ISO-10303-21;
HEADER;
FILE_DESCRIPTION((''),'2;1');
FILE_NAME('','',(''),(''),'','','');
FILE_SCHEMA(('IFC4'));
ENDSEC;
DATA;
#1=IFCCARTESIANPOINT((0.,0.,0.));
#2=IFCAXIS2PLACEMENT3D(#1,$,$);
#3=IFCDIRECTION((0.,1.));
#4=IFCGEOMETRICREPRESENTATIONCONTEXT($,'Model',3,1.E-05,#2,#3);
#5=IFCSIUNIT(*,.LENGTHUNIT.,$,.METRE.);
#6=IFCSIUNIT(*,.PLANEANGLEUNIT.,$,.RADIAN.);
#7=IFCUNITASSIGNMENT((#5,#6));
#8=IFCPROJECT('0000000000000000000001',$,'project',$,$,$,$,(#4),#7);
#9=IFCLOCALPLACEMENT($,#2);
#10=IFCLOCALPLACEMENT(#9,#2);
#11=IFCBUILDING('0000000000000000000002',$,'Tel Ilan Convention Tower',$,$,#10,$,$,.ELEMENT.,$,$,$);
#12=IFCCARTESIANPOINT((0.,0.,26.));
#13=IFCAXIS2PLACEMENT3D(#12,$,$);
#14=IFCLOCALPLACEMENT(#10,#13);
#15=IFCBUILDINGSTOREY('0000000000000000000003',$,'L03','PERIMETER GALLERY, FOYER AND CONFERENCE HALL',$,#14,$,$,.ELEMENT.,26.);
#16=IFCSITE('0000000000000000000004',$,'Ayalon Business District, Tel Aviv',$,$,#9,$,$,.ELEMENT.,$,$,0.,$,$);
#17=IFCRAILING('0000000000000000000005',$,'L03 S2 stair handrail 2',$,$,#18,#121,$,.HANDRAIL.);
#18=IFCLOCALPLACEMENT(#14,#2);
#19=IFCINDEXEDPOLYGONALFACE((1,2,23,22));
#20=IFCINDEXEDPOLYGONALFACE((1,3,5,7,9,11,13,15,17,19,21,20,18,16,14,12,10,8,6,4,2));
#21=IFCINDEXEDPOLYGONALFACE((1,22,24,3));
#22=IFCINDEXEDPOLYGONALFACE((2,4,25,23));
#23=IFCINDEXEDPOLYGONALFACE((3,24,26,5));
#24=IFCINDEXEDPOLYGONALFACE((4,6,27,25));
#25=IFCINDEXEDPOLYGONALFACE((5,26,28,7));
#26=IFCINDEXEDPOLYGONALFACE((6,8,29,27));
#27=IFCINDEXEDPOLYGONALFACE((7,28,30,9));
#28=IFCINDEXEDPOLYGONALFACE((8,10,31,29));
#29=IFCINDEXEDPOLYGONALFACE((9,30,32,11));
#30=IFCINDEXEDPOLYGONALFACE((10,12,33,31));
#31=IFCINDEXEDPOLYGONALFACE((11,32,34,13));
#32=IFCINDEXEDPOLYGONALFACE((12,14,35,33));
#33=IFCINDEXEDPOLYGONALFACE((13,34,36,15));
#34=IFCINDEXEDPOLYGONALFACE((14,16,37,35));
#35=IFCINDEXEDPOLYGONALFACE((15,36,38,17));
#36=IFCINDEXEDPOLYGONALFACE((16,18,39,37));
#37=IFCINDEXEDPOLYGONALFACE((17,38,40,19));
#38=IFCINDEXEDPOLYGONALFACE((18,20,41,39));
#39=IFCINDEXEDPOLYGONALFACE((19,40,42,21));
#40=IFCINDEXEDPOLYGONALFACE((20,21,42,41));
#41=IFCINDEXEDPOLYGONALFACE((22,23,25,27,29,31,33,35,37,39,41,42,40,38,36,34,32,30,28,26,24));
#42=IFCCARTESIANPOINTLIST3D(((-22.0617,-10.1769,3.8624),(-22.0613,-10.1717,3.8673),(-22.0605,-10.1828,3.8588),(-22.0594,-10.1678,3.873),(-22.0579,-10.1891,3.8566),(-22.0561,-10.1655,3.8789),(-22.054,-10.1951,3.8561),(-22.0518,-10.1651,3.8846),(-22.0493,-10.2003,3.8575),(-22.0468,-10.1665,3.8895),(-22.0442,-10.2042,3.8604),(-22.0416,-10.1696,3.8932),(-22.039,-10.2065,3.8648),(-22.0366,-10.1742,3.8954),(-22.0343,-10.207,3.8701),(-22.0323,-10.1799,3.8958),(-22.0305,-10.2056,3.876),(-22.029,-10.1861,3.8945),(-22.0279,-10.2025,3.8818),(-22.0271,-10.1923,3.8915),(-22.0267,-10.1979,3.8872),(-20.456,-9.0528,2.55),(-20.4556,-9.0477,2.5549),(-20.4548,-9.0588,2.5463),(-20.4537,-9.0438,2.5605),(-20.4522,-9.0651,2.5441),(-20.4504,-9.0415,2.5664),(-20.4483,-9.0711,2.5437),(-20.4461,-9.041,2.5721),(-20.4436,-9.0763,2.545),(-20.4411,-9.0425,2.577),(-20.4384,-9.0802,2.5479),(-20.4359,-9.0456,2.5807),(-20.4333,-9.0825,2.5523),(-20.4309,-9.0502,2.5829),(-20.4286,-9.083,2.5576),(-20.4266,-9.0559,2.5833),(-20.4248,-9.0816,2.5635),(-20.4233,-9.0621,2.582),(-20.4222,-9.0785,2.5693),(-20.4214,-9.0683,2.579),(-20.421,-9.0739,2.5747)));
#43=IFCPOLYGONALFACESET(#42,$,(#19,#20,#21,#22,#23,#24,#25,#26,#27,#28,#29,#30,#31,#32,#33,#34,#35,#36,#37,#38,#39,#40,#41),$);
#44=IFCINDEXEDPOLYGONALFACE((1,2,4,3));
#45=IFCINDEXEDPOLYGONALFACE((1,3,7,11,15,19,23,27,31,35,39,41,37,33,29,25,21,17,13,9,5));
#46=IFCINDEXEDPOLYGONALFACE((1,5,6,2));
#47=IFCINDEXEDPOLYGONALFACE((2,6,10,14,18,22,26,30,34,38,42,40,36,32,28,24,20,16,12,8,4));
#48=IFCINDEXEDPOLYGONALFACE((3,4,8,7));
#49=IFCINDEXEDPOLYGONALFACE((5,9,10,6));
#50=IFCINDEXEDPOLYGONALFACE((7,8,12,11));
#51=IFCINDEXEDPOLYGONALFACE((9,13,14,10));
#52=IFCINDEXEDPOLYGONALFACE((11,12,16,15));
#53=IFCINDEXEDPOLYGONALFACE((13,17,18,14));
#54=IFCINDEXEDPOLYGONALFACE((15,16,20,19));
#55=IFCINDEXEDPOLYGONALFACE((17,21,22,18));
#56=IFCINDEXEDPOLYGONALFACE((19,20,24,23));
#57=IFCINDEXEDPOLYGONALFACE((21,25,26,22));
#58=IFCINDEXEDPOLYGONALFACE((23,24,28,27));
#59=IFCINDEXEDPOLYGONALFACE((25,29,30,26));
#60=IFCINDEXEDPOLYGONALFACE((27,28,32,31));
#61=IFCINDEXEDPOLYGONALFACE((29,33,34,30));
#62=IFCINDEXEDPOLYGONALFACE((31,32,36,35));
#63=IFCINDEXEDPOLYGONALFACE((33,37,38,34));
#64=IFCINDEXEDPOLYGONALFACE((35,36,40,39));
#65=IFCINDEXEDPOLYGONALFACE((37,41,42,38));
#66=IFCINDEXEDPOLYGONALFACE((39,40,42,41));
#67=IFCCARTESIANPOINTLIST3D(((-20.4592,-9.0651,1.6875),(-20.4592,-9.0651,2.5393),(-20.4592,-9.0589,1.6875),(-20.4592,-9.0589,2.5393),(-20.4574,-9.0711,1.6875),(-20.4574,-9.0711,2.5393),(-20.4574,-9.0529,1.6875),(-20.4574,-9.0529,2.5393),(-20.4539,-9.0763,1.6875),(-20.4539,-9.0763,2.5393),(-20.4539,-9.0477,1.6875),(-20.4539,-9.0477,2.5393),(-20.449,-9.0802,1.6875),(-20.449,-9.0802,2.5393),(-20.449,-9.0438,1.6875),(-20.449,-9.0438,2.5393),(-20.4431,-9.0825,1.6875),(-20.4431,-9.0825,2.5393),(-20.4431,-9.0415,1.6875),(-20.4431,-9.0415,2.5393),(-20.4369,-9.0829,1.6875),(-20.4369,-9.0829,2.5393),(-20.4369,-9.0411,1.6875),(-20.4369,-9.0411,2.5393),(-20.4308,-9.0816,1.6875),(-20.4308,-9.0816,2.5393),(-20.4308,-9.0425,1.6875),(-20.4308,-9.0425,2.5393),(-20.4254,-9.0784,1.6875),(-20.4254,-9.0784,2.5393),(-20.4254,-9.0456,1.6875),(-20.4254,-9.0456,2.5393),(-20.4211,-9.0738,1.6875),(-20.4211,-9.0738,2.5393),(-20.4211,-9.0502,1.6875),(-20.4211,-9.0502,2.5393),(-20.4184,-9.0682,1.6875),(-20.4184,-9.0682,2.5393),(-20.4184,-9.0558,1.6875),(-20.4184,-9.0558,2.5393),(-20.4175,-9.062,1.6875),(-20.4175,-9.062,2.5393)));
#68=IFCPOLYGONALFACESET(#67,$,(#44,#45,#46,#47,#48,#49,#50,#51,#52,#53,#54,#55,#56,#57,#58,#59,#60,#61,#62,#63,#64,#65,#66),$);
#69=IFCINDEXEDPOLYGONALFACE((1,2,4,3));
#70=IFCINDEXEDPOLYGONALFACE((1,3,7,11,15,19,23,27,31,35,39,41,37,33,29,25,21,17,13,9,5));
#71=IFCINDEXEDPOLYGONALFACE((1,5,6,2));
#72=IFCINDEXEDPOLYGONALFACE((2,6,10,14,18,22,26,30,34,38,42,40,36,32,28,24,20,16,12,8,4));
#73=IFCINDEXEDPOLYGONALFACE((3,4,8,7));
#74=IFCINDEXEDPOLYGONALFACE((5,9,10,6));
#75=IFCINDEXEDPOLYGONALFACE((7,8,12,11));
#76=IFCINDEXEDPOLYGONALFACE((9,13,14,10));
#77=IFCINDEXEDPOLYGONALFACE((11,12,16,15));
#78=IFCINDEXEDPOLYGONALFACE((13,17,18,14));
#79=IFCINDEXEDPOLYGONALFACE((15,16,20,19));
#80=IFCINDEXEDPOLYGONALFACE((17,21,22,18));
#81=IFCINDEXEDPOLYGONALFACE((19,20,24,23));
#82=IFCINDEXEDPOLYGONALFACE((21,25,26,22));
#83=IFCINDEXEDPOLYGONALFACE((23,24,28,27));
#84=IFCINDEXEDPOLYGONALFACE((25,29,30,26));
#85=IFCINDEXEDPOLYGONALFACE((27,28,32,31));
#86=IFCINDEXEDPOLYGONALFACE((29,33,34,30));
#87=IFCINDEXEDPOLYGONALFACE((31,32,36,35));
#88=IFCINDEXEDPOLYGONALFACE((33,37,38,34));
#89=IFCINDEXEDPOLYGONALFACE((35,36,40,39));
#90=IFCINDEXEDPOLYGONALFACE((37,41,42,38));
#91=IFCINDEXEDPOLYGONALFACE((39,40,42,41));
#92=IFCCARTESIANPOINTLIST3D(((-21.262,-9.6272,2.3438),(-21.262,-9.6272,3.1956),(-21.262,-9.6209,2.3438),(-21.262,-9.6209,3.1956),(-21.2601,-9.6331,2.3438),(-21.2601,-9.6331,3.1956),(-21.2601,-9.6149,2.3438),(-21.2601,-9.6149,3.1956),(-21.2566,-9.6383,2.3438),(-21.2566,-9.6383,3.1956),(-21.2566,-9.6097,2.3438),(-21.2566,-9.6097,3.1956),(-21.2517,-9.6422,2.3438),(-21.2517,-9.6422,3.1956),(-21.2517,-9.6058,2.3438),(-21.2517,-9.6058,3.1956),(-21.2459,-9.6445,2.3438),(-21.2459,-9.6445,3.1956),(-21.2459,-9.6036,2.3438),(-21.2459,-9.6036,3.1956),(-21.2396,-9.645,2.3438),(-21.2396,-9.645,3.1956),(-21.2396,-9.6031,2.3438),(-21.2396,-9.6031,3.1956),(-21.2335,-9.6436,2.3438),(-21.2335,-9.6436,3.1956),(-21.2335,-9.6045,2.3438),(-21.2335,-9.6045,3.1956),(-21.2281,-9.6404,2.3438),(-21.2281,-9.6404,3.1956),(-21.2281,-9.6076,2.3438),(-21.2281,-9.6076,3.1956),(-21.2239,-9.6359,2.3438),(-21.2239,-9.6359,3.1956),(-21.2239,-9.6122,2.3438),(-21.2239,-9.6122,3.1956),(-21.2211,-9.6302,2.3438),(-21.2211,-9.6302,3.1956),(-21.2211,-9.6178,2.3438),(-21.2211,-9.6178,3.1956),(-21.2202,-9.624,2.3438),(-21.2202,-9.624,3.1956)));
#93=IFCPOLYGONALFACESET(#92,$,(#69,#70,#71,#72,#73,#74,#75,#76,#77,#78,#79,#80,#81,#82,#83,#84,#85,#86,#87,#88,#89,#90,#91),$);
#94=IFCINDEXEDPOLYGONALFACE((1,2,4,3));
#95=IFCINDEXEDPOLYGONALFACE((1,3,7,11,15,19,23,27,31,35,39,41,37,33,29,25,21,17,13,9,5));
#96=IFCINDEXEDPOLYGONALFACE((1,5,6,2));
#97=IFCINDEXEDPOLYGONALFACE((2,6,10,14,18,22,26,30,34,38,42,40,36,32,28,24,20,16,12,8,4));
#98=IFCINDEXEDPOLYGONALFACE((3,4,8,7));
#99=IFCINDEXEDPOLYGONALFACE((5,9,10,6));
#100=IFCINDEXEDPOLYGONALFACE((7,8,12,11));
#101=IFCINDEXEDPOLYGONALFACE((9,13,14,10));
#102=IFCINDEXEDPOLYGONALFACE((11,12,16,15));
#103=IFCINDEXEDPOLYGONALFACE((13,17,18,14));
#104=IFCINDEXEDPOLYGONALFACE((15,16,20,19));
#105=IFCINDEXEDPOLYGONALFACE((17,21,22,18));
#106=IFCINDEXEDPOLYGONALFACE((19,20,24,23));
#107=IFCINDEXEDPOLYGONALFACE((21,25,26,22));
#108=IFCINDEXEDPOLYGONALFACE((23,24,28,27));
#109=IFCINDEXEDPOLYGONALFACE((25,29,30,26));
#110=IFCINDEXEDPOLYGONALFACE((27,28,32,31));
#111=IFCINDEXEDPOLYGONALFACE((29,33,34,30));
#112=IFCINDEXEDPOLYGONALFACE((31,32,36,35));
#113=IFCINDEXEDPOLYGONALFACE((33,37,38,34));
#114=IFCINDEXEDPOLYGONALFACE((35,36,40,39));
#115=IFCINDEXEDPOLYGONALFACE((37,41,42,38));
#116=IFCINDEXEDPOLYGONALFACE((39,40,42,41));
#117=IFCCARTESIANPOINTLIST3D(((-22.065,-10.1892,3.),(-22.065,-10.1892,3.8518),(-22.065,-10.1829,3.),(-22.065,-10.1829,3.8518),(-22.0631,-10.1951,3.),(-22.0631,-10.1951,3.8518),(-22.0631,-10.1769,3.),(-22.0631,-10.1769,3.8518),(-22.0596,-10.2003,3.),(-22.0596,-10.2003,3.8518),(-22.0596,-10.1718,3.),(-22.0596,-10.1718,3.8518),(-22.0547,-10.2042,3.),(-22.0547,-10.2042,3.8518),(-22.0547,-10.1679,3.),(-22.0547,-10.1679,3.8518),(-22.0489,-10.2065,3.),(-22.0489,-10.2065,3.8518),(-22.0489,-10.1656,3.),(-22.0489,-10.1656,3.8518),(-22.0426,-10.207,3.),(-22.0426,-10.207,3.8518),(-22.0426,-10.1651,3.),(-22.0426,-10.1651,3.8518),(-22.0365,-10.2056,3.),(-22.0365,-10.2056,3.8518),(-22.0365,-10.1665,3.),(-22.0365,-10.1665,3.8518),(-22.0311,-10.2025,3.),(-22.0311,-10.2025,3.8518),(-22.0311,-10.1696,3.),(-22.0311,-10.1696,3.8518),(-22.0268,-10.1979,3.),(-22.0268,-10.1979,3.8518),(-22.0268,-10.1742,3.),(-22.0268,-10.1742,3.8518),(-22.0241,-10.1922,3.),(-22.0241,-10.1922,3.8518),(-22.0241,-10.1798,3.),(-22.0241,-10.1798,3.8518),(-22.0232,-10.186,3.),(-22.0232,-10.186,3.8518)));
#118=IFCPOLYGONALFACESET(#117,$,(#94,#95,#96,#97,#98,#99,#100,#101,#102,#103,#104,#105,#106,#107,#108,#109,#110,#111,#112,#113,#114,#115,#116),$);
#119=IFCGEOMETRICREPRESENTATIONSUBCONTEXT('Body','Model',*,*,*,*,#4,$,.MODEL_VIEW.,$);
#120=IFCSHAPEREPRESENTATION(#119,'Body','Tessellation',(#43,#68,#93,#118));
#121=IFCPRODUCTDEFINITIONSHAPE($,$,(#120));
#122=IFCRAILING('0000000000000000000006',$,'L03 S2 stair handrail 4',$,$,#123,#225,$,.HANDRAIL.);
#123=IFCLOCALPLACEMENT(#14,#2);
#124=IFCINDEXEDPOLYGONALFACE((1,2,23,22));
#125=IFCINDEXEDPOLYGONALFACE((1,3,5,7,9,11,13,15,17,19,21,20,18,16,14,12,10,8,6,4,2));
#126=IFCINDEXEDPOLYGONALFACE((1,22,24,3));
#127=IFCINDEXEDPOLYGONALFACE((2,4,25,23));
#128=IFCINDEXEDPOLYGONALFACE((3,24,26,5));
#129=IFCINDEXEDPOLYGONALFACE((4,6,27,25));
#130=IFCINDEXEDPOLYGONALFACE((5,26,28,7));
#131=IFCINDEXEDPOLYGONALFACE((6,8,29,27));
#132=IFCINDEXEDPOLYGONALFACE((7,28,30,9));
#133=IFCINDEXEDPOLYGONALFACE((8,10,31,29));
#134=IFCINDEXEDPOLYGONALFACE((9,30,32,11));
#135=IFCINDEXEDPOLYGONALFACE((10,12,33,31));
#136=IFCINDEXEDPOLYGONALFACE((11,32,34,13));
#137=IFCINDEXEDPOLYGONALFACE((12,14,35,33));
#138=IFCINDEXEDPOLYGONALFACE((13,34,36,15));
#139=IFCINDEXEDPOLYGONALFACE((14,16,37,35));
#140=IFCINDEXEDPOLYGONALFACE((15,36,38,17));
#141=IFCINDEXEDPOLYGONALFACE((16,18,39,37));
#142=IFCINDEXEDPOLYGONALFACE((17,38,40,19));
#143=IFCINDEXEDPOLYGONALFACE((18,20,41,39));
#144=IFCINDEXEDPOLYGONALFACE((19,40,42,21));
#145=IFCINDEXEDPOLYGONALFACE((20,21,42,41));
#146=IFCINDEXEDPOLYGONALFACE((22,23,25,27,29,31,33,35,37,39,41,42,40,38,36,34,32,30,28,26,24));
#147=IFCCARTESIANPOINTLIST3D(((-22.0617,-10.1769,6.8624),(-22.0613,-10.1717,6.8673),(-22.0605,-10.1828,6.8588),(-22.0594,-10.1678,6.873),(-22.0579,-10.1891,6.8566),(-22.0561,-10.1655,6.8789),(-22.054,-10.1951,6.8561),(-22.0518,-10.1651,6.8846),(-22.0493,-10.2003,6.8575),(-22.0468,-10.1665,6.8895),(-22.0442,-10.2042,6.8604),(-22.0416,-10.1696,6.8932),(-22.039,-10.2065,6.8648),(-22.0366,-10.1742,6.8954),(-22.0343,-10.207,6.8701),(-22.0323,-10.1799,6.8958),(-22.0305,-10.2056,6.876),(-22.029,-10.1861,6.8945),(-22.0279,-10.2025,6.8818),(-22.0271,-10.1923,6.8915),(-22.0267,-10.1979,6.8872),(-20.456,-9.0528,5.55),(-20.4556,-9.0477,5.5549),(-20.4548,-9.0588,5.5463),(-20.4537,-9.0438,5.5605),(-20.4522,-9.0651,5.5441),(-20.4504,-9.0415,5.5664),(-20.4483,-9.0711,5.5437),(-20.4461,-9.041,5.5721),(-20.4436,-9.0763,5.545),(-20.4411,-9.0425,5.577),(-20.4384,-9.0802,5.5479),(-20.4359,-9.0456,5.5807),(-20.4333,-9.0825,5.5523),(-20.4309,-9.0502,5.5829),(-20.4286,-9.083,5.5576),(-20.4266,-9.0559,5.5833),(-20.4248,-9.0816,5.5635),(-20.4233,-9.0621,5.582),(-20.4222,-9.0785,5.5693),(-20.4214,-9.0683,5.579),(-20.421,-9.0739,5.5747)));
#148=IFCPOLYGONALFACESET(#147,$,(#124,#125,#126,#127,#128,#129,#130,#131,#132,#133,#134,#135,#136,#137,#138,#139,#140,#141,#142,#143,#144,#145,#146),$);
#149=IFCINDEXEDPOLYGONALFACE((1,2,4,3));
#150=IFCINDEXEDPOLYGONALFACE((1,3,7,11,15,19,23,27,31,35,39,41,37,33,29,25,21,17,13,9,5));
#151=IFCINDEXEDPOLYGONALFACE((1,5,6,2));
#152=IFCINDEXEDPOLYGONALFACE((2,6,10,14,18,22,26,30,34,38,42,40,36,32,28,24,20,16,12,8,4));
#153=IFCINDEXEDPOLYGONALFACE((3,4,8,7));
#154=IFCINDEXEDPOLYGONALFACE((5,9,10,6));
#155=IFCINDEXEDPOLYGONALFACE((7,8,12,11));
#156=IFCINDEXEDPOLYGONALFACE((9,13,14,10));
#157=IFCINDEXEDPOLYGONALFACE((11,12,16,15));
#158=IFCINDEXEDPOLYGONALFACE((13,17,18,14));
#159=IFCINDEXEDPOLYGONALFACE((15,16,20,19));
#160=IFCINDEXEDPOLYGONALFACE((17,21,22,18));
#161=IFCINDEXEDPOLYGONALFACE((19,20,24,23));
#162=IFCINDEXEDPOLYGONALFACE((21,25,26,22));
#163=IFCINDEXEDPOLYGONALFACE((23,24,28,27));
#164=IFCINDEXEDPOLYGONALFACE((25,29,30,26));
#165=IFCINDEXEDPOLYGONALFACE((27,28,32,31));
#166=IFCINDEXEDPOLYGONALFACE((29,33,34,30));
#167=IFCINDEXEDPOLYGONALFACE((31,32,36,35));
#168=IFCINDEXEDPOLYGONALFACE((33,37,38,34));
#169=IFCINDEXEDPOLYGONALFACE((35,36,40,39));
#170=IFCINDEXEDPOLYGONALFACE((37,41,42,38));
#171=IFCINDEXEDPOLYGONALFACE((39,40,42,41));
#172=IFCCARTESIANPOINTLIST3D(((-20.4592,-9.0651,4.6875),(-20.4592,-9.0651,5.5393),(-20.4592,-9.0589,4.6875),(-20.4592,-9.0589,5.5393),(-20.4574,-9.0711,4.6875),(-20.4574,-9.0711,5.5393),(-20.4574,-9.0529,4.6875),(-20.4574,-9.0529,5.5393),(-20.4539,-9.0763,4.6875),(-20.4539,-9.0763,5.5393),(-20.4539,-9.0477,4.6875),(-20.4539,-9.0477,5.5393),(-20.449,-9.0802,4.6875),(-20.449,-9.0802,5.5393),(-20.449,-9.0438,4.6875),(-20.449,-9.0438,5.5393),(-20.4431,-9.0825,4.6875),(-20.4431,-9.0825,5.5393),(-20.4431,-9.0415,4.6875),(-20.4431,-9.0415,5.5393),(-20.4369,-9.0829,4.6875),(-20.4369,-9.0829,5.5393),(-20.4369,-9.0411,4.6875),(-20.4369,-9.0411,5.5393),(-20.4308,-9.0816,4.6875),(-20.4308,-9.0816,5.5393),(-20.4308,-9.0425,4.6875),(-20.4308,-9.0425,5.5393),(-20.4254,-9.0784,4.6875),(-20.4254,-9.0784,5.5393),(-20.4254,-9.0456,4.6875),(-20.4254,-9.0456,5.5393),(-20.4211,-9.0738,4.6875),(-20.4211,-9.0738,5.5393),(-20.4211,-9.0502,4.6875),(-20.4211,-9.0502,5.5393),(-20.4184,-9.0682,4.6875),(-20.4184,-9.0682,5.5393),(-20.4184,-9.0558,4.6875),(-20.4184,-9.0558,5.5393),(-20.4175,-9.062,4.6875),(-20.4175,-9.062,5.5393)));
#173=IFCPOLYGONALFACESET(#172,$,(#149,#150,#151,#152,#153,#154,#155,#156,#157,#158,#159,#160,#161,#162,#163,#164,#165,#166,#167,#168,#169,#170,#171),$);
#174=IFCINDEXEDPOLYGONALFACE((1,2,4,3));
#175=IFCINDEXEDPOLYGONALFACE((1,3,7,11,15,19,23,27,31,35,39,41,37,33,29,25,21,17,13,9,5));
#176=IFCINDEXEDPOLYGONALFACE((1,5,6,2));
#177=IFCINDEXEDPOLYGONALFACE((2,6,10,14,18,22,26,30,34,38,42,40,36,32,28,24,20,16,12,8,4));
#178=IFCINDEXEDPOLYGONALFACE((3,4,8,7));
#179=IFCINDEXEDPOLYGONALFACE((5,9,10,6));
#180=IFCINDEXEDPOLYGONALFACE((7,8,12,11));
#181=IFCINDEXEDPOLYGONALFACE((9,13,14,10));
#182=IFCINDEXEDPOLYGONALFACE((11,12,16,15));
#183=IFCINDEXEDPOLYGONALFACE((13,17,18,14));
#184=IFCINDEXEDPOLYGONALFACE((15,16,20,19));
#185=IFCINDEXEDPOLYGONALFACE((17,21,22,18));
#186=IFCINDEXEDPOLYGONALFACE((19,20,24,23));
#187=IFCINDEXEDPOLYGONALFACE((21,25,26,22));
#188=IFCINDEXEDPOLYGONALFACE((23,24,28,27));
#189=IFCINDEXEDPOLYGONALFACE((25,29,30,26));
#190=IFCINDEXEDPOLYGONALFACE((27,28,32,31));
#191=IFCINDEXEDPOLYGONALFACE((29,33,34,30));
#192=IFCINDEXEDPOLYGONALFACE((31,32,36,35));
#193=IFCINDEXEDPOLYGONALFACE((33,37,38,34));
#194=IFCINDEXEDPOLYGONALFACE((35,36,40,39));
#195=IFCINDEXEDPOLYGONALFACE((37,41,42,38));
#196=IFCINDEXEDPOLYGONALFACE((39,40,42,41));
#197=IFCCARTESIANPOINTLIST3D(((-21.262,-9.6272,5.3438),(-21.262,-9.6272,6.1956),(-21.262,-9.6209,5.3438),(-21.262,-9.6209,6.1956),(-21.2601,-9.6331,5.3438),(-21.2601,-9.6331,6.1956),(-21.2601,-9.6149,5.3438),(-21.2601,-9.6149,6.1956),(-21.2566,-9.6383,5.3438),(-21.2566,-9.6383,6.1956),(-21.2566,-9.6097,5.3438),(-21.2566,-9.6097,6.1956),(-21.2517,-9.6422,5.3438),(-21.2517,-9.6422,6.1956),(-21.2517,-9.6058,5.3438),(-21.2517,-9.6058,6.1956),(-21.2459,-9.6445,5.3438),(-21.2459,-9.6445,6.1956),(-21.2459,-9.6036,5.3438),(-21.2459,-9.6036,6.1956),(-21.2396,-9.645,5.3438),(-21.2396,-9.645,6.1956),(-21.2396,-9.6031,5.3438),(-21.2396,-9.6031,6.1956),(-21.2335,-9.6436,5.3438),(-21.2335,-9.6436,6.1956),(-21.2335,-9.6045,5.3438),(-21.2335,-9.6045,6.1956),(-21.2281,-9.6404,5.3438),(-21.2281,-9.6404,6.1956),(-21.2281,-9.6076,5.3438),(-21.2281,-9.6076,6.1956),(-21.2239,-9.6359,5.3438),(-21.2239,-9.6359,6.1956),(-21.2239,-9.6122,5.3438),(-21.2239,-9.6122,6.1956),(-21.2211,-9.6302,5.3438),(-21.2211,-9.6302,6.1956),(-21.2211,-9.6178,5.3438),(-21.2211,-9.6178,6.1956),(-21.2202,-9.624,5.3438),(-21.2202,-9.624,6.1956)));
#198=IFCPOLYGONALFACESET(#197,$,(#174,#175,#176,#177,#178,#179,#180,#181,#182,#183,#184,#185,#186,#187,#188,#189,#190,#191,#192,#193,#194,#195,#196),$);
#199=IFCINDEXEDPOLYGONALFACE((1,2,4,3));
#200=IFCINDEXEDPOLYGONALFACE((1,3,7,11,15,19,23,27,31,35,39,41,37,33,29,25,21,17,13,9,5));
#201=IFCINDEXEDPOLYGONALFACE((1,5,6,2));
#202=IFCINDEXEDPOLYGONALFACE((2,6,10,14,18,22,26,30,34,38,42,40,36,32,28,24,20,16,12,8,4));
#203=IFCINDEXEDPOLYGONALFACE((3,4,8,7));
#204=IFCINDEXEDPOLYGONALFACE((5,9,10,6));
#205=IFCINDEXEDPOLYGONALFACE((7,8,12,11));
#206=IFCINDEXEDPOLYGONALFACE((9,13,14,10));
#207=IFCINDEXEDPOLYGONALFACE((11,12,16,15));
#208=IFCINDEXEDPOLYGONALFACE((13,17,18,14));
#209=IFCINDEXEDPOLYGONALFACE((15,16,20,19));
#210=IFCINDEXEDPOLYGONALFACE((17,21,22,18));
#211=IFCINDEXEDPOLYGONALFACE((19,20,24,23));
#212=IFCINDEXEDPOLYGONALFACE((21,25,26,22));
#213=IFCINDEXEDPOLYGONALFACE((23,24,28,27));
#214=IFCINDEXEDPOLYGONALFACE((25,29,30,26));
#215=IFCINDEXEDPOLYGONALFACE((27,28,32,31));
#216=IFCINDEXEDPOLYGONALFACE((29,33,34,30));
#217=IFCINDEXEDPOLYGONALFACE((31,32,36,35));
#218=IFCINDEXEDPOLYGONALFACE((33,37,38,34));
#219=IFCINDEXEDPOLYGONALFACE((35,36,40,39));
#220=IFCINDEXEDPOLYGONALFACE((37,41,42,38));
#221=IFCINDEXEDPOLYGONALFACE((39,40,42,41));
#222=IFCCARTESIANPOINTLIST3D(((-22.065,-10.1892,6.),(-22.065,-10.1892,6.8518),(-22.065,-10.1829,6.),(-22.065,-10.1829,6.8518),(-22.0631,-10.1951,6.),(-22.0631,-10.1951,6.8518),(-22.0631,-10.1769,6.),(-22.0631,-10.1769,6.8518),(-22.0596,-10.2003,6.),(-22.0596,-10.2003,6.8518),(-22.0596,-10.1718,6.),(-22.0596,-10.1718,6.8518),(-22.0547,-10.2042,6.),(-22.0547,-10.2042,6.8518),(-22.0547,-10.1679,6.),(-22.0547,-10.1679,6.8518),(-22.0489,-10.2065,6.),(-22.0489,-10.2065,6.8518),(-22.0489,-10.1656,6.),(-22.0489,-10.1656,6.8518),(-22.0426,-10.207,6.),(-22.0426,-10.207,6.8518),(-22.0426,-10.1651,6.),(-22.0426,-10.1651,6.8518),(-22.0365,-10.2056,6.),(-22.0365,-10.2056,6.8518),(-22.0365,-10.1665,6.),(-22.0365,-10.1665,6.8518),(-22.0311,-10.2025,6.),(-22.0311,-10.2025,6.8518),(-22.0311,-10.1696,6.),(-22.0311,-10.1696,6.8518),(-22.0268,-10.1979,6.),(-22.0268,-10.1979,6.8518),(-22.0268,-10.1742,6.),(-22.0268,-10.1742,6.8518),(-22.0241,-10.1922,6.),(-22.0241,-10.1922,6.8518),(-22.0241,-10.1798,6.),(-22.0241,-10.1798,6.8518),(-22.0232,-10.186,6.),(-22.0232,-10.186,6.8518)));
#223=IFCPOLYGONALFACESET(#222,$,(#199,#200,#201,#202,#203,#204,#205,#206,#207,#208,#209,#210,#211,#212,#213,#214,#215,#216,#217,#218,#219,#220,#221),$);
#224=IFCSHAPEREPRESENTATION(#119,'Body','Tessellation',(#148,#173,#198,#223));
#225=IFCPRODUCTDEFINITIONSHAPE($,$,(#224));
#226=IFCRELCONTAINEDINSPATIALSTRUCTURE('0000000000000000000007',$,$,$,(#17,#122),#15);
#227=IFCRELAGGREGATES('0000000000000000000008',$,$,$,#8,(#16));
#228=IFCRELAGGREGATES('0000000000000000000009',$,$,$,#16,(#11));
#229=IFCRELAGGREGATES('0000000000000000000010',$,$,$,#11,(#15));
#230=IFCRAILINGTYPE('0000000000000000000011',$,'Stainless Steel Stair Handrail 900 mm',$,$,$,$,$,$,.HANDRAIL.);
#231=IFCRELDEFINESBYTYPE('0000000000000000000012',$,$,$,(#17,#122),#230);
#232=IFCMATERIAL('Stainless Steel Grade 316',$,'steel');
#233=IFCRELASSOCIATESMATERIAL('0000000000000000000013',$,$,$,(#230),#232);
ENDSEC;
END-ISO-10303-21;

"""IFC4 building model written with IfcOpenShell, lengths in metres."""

from ifc_helpers import new_model, si_unit, direction, frame, origin, origin_2d, place, context, subcontext, project, spatial, circle, extrude, material, type_object, element, save


model = new_model("IFC4")

# Units and contexts
model_context = context("Model", 3, precision=1e-05, world=origin(), true_north=direction((0.0, 1.0)))
body_context = subcontext(model_context, "Body", "Model", "MODEL_VIEW")
ifc_project = project(units=[si_unit("LENGTHUNIT", "METRE"), si_unit("PLANEANGLEUNIT", "RADIAN")], contexts=[model_context])

# Site, building, storey
site_placement = place(None, origin())
site = spatial("IfcSite", under=ifc_project, at=site_placement, Name="Ayalon Business District, Tel Aviv", CompositionType="ELEMENT", RefElevation=0.0)
building_placement = place(site_placement, origin())
building = spatial("IfcBuilding", under=site, at=building_placement, Name="Tel Ilan Convention Tower", CompositionType="ELEMENT")
storey_placement = place(building_placement, frame((0.0, 0.0, 26.0)))
storey = spatial("IfcBuildingStorey", under=building, at=storey_placement, Name="L03", Description="PERIMETER GALLERY, FOYER AND CONFERENCE HALL", CompositionType="ELEMENT", Elevation=26.0)

# Railings
ifc_material_1 = material(Name="Stainless Steel Grade 316", Category="steel")
railing_type_1 = type_object("IfcRailingType", Name="Stainless Steel Stair Handrail 900 mm", PredefinedType="HANDRAIL", material=ifc_material_1)
for number, where, name in (
    (1, (-20.4385, -9.062, 1.6875), "L03 S2 stair handrail 2"),
    (2, (-20.4385, -9.062, 4.6875), "L03 S2 stair handrail 4"),
):
    element("IfcRailing", number, at=place(storey_placement, frame(where)), inside=storey, type_object=railing_type_1, Name=name, PredefinedType="HANDRAIL", context=body_context, shape_type="SweptSolid", body=[
        extrude(circle(Radius=0.0239, at=origin_2d()), frame((0.0, 0.0, 0.876), z_axis=(-0.680705, -0.476504, 0.556404), x_axis=(0.573471, -0.819226, 0.0)), (0.0, 0.0, 1.0), 2.3589),
        extrude(circle(Radius=0.021, at=origin_2d()), origin(), (0.0, 0.0, 1.0), 0.8518),
        extrude(circle(Radius=0.021, at=origin_2d()), frame((-0.8027, -0.562, 0.6562)), (0.0, 0.0, 1.0), 0.8518),
        extrude(circle(Radius=0.021, at=origin_2d()), frame((-1.6057, -1.124, 1.3125)), (0.0, 0.0, 1.0), 0.8518),
    ])

save(model, "model.ifc")
